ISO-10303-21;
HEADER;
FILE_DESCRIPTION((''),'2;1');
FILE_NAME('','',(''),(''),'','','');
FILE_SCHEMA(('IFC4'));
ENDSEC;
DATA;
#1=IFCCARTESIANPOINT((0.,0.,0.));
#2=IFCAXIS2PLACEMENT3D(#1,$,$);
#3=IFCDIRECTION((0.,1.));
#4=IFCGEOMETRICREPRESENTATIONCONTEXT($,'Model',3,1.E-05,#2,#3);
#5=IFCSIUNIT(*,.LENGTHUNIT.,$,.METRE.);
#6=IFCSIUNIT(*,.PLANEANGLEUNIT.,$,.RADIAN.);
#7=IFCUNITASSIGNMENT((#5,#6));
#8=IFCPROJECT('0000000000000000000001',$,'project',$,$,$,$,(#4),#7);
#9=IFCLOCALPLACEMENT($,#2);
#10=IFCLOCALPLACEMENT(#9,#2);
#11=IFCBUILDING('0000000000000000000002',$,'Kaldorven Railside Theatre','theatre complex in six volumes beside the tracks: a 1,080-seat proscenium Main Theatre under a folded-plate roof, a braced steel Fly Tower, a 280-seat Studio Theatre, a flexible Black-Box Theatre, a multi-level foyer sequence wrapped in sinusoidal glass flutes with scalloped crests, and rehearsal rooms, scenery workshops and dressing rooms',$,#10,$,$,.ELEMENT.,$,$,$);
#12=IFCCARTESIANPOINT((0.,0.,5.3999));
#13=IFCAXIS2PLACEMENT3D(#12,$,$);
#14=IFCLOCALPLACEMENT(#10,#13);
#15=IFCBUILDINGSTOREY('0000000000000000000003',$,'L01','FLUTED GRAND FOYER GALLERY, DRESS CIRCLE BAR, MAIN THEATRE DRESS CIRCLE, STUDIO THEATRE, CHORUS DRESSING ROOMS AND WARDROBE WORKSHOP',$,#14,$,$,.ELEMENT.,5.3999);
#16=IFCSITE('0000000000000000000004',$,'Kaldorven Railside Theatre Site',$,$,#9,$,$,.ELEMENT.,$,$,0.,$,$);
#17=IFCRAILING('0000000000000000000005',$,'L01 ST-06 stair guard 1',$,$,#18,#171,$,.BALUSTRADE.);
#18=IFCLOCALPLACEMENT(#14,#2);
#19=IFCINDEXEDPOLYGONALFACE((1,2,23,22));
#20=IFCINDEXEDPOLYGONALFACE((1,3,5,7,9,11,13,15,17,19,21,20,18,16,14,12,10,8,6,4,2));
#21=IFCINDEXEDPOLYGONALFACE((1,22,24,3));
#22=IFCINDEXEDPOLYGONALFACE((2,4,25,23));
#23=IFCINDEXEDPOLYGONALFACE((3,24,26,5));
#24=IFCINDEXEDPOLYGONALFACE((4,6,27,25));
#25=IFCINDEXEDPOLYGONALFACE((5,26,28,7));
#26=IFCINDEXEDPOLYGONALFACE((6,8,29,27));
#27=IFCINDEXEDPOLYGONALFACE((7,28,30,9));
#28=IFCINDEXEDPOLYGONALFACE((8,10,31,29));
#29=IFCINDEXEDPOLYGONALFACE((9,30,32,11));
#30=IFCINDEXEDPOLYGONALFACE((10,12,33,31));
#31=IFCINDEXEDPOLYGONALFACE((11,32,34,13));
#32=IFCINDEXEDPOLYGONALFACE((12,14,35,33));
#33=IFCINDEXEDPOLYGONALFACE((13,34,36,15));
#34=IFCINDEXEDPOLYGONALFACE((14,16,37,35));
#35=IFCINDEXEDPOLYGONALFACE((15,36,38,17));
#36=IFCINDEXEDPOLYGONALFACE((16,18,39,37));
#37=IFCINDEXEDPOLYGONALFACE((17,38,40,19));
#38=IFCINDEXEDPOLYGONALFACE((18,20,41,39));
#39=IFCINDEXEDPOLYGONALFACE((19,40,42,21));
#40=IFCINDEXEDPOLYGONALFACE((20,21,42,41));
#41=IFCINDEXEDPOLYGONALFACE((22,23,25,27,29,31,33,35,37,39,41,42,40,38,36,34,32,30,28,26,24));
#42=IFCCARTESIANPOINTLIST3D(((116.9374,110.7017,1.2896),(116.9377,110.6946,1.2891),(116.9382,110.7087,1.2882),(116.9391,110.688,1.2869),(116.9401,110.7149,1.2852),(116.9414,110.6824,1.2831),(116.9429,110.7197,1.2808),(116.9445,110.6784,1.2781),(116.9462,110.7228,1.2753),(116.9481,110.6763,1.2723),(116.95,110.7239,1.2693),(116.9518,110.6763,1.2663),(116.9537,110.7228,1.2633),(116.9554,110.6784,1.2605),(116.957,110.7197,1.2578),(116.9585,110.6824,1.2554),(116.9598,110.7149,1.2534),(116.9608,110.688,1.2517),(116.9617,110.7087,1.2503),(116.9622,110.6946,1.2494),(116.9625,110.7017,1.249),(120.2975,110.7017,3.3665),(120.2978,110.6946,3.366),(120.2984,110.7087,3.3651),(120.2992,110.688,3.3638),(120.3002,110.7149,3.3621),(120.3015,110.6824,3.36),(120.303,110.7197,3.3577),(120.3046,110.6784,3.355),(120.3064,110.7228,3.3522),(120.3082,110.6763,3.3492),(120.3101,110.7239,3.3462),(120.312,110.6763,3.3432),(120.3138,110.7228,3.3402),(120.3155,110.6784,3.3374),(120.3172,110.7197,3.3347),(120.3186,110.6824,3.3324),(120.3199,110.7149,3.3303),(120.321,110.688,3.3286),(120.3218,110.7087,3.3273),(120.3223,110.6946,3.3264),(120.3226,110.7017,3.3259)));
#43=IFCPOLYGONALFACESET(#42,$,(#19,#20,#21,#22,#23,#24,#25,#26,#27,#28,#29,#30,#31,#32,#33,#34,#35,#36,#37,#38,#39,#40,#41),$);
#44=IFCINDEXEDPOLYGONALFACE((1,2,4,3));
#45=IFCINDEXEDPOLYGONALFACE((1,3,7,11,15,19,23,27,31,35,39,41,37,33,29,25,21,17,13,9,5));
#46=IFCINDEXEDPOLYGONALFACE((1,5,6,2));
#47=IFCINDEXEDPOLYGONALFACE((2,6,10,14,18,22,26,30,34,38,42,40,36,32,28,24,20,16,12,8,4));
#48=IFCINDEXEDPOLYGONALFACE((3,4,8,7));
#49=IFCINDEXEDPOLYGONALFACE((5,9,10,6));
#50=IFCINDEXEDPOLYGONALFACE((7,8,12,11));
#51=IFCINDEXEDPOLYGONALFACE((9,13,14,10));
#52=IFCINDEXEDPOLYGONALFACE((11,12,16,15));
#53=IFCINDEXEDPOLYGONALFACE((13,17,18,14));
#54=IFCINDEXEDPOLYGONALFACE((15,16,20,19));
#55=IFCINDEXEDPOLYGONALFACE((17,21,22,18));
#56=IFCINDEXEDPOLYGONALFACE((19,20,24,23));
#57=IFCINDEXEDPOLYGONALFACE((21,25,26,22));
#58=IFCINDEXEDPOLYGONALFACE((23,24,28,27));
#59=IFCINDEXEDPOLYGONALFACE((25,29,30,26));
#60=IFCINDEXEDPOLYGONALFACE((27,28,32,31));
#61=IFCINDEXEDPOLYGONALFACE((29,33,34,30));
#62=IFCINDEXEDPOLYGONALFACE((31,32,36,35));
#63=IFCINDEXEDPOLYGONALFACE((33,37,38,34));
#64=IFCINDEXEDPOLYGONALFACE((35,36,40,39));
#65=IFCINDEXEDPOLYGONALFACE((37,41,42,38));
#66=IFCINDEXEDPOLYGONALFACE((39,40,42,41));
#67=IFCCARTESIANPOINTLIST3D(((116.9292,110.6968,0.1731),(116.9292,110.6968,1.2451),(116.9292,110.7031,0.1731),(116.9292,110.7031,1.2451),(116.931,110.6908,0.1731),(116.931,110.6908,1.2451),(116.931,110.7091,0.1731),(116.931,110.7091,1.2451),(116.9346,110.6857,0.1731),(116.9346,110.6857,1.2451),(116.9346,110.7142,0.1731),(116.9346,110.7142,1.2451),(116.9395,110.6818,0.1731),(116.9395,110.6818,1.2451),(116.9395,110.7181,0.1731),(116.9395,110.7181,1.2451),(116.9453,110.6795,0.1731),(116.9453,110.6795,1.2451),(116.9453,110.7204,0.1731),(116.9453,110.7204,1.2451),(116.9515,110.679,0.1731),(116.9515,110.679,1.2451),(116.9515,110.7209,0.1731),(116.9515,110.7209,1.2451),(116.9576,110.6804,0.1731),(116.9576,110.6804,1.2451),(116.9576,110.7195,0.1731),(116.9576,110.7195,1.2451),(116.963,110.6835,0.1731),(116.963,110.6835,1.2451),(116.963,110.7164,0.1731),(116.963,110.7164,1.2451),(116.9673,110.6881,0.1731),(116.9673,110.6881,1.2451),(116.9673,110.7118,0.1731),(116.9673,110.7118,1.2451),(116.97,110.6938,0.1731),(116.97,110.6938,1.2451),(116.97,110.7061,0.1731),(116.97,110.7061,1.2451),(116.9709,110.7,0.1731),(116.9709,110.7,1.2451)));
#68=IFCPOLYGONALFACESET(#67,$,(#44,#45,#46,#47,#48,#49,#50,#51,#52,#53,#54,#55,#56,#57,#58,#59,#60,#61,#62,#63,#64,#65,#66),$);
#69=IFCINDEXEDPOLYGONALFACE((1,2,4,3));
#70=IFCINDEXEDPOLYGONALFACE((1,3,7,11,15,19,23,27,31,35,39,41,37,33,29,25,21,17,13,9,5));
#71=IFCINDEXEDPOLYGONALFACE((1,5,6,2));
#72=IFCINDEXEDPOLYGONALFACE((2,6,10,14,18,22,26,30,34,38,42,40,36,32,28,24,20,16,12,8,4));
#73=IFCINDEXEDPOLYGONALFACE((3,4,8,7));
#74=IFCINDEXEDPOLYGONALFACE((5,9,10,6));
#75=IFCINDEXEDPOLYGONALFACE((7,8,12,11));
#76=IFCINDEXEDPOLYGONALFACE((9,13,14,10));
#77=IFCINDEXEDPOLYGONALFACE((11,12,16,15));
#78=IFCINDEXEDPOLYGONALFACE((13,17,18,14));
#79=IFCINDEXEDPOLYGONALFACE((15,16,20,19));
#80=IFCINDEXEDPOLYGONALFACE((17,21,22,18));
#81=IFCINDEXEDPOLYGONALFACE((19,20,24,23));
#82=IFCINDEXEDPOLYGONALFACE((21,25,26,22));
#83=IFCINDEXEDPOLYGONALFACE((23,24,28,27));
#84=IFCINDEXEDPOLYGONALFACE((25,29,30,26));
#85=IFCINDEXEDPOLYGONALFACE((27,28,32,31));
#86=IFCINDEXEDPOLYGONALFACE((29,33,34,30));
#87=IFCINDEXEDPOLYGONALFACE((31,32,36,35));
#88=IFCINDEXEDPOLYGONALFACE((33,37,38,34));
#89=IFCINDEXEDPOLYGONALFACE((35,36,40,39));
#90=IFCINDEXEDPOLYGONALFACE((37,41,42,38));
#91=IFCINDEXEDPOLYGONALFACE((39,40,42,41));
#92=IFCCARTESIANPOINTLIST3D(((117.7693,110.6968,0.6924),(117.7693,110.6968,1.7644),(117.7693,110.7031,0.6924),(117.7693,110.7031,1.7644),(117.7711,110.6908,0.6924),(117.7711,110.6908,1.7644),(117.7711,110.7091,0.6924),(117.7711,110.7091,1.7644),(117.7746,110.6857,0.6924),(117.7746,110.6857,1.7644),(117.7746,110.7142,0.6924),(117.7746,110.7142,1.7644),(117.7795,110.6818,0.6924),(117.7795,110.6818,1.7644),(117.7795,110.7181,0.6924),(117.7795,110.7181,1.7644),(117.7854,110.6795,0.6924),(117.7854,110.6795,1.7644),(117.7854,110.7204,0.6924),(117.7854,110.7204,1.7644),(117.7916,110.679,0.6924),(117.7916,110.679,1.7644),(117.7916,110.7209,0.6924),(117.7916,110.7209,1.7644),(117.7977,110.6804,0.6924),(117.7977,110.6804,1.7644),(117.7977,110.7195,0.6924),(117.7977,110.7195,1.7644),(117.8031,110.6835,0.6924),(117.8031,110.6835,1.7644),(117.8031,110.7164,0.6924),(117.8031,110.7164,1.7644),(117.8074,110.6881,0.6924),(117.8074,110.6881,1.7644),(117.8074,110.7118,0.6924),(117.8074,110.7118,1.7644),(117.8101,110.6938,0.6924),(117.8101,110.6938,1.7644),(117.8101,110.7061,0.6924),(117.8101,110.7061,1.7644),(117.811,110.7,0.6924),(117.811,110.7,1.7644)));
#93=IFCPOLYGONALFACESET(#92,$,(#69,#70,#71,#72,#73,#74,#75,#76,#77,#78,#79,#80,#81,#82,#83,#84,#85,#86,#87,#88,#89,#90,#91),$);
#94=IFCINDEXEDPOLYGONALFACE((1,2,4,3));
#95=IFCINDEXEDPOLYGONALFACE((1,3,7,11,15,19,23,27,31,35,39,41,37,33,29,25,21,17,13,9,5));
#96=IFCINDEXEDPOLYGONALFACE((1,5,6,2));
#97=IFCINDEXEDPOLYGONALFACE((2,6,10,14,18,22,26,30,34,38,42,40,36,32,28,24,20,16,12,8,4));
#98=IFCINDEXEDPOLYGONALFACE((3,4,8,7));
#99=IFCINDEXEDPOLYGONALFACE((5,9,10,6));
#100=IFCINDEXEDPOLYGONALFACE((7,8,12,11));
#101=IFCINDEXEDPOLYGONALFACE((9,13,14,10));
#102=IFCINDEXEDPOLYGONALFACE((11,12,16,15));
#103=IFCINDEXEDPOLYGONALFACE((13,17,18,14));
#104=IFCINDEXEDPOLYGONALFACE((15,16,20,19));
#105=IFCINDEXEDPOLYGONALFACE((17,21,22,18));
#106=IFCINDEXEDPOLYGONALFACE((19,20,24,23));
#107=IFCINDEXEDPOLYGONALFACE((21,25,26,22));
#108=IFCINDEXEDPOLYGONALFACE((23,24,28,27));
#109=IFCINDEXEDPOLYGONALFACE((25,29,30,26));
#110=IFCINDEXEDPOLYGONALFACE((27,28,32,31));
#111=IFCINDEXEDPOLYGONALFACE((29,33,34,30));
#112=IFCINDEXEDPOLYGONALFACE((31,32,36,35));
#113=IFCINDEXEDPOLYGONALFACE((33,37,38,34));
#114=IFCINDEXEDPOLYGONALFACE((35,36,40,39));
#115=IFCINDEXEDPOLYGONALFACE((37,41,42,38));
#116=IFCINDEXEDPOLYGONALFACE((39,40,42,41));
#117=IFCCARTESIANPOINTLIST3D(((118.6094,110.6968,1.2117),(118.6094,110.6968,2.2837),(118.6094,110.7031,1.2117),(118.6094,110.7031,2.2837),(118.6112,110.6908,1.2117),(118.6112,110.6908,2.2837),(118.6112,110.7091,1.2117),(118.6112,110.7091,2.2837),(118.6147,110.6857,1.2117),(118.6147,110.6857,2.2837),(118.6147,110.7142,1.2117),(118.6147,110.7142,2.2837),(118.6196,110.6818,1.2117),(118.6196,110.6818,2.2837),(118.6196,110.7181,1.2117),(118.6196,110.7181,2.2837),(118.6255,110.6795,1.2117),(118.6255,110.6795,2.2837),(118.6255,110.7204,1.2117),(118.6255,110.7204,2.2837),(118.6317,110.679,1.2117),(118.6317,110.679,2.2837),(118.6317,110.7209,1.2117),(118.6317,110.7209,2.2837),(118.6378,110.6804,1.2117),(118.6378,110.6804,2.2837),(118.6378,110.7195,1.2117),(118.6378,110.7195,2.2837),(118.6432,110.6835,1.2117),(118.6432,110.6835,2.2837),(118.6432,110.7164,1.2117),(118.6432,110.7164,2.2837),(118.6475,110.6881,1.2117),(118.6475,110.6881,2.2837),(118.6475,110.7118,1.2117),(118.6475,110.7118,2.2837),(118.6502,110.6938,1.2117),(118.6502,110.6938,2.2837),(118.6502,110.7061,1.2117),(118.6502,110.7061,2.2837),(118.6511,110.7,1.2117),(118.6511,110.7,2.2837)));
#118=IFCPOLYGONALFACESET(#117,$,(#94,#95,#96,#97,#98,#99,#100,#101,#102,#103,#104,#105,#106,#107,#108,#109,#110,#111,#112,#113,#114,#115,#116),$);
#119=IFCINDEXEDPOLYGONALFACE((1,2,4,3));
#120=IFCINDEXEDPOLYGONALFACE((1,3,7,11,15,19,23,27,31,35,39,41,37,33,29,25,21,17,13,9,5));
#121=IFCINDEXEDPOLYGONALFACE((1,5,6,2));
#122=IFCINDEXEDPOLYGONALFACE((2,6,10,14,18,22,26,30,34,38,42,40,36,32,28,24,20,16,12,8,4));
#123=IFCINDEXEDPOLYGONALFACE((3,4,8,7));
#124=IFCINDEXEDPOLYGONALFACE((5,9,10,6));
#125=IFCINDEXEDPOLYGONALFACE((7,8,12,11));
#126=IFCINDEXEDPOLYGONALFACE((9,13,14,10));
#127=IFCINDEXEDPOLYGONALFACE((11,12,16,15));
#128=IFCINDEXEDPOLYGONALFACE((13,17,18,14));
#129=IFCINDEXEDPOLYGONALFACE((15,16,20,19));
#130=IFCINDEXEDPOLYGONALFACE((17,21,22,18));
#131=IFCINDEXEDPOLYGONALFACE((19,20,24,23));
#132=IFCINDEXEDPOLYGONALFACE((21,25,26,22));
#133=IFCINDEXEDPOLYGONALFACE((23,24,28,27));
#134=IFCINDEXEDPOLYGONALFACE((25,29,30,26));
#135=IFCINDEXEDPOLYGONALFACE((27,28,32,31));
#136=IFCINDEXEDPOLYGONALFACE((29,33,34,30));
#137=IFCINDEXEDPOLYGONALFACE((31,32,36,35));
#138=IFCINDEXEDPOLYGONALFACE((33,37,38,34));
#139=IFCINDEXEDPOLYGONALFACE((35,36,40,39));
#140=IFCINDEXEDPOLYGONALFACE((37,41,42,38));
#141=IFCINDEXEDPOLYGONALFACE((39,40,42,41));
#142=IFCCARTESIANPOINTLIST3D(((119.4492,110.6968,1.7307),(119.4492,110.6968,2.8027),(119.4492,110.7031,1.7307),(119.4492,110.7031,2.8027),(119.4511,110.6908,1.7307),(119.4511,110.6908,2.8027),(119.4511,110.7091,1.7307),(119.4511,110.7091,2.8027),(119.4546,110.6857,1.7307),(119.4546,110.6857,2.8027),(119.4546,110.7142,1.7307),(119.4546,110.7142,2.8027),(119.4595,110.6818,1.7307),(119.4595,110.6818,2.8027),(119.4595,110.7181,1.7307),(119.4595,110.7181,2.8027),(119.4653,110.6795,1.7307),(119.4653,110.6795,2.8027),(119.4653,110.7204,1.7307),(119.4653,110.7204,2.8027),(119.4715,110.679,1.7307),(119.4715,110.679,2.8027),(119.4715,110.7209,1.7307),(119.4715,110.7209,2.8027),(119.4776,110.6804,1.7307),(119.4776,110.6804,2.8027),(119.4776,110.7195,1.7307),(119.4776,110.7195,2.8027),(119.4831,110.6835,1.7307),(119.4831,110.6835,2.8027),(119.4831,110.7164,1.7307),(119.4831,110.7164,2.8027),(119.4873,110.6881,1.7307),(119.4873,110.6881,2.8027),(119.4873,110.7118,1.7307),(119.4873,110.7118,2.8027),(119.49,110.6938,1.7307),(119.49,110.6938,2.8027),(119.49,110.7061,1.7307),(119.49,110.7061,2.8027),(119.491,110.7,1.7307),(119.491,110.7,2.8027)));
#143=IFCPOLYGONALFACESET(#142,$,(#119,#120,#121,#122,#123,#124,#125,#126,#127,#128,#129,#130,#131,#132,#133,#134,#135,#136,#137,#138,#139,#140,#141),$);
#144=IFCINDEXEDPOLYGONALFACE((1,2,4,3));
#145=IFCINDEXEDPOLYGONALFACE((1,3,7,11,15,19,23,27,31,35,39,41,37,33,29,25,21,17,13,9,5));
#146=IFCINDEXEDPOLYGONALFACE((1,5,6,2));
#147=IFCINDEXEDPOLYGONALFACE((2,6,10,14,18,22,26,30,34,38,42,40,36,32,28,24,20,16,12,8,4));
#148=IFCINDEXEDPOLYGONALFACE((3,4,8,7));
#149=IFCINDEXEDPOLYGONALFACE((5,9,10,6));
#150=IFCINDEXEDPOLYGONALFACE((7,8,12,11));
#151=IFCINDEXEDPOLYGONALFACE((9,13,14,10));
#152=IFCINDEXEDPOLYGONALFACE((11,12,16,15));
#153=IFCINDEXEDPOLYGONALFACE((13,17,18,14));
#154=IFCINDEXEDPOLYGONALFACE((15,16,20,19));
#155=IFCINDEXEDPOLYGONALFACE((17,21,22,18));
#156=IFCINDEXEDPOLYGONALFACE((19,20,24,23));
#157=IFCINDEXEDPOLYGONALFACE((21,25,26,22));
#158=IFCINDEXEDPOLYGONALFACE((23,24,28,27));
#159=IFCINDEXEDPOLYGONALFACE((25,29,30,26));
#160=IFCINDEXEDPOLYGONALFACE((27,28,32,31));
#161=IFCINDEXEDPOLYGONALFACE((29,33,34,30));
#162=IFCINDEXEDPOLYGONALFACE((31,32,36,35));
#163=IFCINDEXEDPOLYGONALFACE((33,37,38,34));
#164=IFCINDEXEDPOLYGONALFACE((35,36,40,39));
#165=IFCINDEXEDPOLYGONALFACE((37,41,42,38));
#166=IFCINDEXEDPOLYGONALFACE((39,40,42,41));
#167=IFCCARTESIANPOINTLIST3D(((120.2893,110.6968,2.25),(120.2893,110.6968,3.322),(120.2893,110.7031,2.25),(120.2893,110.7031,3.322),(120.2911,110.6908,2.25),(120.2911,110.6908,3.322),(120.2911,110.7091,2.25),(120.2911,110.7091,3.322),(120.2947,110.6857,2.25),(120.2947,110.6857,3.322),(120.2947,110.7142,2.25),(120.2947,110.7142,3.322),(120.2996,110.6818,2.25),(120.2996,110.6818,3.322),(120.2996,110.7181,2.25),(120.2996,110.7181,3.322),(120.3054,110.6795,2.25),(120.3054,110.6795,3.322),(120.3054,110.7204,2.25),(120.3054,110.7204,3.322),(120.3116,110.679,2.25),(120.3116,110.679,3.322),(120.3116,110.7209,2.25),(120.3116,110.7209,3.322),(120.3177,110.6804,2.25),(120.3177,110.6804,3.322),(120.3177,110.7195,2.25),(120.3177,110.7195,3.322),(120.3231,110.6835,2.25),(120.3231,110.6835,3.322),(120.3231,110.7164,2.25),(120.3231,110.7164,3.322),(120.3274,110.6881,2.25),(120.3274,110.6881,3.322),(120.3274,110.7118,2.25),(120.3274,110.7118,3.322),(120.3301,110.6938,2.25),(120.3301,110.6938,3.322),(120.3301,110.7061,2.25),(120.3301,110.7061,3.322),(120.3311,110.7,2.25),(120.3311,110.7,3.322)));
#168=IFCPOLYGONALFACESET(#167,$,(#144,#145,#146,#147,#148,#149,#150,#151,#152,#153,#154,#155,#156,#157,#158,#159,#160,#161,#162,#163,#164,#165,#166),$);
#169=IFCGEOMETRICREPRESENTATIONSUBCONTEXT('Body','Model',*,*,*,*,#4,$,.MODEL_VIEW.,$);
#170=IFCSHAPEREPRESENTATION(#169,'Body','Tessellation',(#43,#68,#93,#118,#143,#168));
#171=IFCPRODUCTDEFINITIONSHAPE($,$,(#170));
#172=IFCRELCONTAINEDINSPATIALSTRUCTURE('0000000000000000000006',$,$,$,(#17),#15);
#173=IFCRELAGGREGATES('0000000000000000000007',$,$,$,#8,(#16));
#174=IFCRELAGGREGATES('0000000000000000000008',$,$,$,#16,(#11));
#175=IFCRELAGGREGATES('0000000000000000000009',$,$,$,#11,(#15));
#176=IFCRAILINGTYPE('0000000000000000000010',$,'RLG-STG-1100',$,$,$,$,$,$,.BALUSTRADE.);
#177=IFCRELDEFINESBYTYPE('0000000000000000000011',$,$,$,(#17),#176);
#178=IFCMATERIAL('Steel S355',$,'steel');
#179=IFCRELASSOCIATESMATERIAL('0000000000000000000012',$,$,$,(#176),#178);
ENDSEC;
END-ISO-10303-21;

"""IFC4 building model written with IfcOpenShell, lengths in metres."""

from ifc_helpers import new_model, si_unit, direction, frame, origin, origin_2d, place, context, subcontext, project, spatial, circle, extrude, material, type_object, element, save


model = new_model("IFC4")

# Units and contexts
model_context = context("Model", 3, precision=1e-05, world=origin(), true_north=direction((0.0, 1.0)))
body_context = subcontext(model_context, "Body", "Model", "MODEL_VIEW")
ifc_project = project(units=[si_unit("LENGTHUNIT", "METRE"), si_unit("PLANEANGLEUNIT", "RADIAN")], contexts=[model_context])

# Site, building, storey
site_placement = place(None, origin())
site = spatial("IfcSite", under=ifc_project, at=site_placement, Name="Kaldorven Railside Theatre Site", CompositionType="ELEMENT", RefElevation=0.0)
building_placement = place(site_placement, origin())
building = spatial("IfcBuilding", under=site, at=building_placement, Name="Kaldorven Railside Theatre", Description="theatre complex in six volumes beside the tracks: a 1,080-seat proscenium Main Theatre under a folded-plate roof, a braced steel Fly Tower, a 280-seat Studio Theatre, a flexible Black-Box Theatre, a multi-level foyer sequence wrapped in sinusoidal glass flutes with scalloped crests, and rehearsal rooms, scenery workshops and dressing rooms", CompositionType="ELEMENT")
storey_placement = place(building_placement, frame((0.0, 0.0, 5.3999)))
storey = spatial("IfcBuildingStorey", under=building, at=storey_placement, Name="L01", Description="FLUTED GRAND FOYER GALLERY, DRESS CIRCLE BAR, MAIN THEATRE DRESS CIRCLE, STUDIO THEATRE, CHORUS DRESSING ROOMS AND WARDROBE WORKSHOP", CompositionType="ELEMENT", Elevation=5.3999)

# Shared definitions
ifc_material_1 = material(Name="Steel S355", Category="steel")

# Railing
railing_type_1 = type_object("IfcRailingType", Name="RLG-STG-1100", PredefinedType="BALUSTRADE", material=ifc_material_1)
railing_1_placement = place(storey_placement, frame((116.95, 110.7, 0.1731)))
element("IfcRailing", 1, at=railing_1_placement, inside=storey, type_object=railing_type_1, Name="L01 ST-06 stair guard 1", PredefinedType="BALUSTRADE", context=body_context, shape_type="SweptSolid", body=[
    extrude(circle(Radius=0.0239, at=origin_2d()), frame((0.0, 0.0, 1.0962), z_axis=(0.850623, 0.0, 0.525776), x_axis=(0.0, 1.0, 0.0)), (0.0, 0.0, 1.0), 3.9502),
    extrude(circle(Radius=0.021, at=origin_2d()), origin(), (0.0, 0.0, 1.0), 1.072),
    extrude(circle(Radius=0.021, at=origin_2d()), frame((0.8401, 0.0, 0.5193)), (0.0, 0.0, 1.0), 1.072),
    extrude(circle(Radius=0.021, at=origin_2d()), frame((1.6802, 0.0, 1.0386)), (0.0, 0.0, 1.0), 1.072),
    extrude(circle(Radius=0.021, at=origin_2d()), frame((2.52, 0.0, 1.5576)), (0.0, 0.0, 1.0), 1.072),
    extrude(circle(Radius=0.021, at=origin_2d()), frame((3.3601, 0.0, 2.0769)), (0.0, 0.0, 1.0), 1.072),
])

save(model, "model.ifc")
